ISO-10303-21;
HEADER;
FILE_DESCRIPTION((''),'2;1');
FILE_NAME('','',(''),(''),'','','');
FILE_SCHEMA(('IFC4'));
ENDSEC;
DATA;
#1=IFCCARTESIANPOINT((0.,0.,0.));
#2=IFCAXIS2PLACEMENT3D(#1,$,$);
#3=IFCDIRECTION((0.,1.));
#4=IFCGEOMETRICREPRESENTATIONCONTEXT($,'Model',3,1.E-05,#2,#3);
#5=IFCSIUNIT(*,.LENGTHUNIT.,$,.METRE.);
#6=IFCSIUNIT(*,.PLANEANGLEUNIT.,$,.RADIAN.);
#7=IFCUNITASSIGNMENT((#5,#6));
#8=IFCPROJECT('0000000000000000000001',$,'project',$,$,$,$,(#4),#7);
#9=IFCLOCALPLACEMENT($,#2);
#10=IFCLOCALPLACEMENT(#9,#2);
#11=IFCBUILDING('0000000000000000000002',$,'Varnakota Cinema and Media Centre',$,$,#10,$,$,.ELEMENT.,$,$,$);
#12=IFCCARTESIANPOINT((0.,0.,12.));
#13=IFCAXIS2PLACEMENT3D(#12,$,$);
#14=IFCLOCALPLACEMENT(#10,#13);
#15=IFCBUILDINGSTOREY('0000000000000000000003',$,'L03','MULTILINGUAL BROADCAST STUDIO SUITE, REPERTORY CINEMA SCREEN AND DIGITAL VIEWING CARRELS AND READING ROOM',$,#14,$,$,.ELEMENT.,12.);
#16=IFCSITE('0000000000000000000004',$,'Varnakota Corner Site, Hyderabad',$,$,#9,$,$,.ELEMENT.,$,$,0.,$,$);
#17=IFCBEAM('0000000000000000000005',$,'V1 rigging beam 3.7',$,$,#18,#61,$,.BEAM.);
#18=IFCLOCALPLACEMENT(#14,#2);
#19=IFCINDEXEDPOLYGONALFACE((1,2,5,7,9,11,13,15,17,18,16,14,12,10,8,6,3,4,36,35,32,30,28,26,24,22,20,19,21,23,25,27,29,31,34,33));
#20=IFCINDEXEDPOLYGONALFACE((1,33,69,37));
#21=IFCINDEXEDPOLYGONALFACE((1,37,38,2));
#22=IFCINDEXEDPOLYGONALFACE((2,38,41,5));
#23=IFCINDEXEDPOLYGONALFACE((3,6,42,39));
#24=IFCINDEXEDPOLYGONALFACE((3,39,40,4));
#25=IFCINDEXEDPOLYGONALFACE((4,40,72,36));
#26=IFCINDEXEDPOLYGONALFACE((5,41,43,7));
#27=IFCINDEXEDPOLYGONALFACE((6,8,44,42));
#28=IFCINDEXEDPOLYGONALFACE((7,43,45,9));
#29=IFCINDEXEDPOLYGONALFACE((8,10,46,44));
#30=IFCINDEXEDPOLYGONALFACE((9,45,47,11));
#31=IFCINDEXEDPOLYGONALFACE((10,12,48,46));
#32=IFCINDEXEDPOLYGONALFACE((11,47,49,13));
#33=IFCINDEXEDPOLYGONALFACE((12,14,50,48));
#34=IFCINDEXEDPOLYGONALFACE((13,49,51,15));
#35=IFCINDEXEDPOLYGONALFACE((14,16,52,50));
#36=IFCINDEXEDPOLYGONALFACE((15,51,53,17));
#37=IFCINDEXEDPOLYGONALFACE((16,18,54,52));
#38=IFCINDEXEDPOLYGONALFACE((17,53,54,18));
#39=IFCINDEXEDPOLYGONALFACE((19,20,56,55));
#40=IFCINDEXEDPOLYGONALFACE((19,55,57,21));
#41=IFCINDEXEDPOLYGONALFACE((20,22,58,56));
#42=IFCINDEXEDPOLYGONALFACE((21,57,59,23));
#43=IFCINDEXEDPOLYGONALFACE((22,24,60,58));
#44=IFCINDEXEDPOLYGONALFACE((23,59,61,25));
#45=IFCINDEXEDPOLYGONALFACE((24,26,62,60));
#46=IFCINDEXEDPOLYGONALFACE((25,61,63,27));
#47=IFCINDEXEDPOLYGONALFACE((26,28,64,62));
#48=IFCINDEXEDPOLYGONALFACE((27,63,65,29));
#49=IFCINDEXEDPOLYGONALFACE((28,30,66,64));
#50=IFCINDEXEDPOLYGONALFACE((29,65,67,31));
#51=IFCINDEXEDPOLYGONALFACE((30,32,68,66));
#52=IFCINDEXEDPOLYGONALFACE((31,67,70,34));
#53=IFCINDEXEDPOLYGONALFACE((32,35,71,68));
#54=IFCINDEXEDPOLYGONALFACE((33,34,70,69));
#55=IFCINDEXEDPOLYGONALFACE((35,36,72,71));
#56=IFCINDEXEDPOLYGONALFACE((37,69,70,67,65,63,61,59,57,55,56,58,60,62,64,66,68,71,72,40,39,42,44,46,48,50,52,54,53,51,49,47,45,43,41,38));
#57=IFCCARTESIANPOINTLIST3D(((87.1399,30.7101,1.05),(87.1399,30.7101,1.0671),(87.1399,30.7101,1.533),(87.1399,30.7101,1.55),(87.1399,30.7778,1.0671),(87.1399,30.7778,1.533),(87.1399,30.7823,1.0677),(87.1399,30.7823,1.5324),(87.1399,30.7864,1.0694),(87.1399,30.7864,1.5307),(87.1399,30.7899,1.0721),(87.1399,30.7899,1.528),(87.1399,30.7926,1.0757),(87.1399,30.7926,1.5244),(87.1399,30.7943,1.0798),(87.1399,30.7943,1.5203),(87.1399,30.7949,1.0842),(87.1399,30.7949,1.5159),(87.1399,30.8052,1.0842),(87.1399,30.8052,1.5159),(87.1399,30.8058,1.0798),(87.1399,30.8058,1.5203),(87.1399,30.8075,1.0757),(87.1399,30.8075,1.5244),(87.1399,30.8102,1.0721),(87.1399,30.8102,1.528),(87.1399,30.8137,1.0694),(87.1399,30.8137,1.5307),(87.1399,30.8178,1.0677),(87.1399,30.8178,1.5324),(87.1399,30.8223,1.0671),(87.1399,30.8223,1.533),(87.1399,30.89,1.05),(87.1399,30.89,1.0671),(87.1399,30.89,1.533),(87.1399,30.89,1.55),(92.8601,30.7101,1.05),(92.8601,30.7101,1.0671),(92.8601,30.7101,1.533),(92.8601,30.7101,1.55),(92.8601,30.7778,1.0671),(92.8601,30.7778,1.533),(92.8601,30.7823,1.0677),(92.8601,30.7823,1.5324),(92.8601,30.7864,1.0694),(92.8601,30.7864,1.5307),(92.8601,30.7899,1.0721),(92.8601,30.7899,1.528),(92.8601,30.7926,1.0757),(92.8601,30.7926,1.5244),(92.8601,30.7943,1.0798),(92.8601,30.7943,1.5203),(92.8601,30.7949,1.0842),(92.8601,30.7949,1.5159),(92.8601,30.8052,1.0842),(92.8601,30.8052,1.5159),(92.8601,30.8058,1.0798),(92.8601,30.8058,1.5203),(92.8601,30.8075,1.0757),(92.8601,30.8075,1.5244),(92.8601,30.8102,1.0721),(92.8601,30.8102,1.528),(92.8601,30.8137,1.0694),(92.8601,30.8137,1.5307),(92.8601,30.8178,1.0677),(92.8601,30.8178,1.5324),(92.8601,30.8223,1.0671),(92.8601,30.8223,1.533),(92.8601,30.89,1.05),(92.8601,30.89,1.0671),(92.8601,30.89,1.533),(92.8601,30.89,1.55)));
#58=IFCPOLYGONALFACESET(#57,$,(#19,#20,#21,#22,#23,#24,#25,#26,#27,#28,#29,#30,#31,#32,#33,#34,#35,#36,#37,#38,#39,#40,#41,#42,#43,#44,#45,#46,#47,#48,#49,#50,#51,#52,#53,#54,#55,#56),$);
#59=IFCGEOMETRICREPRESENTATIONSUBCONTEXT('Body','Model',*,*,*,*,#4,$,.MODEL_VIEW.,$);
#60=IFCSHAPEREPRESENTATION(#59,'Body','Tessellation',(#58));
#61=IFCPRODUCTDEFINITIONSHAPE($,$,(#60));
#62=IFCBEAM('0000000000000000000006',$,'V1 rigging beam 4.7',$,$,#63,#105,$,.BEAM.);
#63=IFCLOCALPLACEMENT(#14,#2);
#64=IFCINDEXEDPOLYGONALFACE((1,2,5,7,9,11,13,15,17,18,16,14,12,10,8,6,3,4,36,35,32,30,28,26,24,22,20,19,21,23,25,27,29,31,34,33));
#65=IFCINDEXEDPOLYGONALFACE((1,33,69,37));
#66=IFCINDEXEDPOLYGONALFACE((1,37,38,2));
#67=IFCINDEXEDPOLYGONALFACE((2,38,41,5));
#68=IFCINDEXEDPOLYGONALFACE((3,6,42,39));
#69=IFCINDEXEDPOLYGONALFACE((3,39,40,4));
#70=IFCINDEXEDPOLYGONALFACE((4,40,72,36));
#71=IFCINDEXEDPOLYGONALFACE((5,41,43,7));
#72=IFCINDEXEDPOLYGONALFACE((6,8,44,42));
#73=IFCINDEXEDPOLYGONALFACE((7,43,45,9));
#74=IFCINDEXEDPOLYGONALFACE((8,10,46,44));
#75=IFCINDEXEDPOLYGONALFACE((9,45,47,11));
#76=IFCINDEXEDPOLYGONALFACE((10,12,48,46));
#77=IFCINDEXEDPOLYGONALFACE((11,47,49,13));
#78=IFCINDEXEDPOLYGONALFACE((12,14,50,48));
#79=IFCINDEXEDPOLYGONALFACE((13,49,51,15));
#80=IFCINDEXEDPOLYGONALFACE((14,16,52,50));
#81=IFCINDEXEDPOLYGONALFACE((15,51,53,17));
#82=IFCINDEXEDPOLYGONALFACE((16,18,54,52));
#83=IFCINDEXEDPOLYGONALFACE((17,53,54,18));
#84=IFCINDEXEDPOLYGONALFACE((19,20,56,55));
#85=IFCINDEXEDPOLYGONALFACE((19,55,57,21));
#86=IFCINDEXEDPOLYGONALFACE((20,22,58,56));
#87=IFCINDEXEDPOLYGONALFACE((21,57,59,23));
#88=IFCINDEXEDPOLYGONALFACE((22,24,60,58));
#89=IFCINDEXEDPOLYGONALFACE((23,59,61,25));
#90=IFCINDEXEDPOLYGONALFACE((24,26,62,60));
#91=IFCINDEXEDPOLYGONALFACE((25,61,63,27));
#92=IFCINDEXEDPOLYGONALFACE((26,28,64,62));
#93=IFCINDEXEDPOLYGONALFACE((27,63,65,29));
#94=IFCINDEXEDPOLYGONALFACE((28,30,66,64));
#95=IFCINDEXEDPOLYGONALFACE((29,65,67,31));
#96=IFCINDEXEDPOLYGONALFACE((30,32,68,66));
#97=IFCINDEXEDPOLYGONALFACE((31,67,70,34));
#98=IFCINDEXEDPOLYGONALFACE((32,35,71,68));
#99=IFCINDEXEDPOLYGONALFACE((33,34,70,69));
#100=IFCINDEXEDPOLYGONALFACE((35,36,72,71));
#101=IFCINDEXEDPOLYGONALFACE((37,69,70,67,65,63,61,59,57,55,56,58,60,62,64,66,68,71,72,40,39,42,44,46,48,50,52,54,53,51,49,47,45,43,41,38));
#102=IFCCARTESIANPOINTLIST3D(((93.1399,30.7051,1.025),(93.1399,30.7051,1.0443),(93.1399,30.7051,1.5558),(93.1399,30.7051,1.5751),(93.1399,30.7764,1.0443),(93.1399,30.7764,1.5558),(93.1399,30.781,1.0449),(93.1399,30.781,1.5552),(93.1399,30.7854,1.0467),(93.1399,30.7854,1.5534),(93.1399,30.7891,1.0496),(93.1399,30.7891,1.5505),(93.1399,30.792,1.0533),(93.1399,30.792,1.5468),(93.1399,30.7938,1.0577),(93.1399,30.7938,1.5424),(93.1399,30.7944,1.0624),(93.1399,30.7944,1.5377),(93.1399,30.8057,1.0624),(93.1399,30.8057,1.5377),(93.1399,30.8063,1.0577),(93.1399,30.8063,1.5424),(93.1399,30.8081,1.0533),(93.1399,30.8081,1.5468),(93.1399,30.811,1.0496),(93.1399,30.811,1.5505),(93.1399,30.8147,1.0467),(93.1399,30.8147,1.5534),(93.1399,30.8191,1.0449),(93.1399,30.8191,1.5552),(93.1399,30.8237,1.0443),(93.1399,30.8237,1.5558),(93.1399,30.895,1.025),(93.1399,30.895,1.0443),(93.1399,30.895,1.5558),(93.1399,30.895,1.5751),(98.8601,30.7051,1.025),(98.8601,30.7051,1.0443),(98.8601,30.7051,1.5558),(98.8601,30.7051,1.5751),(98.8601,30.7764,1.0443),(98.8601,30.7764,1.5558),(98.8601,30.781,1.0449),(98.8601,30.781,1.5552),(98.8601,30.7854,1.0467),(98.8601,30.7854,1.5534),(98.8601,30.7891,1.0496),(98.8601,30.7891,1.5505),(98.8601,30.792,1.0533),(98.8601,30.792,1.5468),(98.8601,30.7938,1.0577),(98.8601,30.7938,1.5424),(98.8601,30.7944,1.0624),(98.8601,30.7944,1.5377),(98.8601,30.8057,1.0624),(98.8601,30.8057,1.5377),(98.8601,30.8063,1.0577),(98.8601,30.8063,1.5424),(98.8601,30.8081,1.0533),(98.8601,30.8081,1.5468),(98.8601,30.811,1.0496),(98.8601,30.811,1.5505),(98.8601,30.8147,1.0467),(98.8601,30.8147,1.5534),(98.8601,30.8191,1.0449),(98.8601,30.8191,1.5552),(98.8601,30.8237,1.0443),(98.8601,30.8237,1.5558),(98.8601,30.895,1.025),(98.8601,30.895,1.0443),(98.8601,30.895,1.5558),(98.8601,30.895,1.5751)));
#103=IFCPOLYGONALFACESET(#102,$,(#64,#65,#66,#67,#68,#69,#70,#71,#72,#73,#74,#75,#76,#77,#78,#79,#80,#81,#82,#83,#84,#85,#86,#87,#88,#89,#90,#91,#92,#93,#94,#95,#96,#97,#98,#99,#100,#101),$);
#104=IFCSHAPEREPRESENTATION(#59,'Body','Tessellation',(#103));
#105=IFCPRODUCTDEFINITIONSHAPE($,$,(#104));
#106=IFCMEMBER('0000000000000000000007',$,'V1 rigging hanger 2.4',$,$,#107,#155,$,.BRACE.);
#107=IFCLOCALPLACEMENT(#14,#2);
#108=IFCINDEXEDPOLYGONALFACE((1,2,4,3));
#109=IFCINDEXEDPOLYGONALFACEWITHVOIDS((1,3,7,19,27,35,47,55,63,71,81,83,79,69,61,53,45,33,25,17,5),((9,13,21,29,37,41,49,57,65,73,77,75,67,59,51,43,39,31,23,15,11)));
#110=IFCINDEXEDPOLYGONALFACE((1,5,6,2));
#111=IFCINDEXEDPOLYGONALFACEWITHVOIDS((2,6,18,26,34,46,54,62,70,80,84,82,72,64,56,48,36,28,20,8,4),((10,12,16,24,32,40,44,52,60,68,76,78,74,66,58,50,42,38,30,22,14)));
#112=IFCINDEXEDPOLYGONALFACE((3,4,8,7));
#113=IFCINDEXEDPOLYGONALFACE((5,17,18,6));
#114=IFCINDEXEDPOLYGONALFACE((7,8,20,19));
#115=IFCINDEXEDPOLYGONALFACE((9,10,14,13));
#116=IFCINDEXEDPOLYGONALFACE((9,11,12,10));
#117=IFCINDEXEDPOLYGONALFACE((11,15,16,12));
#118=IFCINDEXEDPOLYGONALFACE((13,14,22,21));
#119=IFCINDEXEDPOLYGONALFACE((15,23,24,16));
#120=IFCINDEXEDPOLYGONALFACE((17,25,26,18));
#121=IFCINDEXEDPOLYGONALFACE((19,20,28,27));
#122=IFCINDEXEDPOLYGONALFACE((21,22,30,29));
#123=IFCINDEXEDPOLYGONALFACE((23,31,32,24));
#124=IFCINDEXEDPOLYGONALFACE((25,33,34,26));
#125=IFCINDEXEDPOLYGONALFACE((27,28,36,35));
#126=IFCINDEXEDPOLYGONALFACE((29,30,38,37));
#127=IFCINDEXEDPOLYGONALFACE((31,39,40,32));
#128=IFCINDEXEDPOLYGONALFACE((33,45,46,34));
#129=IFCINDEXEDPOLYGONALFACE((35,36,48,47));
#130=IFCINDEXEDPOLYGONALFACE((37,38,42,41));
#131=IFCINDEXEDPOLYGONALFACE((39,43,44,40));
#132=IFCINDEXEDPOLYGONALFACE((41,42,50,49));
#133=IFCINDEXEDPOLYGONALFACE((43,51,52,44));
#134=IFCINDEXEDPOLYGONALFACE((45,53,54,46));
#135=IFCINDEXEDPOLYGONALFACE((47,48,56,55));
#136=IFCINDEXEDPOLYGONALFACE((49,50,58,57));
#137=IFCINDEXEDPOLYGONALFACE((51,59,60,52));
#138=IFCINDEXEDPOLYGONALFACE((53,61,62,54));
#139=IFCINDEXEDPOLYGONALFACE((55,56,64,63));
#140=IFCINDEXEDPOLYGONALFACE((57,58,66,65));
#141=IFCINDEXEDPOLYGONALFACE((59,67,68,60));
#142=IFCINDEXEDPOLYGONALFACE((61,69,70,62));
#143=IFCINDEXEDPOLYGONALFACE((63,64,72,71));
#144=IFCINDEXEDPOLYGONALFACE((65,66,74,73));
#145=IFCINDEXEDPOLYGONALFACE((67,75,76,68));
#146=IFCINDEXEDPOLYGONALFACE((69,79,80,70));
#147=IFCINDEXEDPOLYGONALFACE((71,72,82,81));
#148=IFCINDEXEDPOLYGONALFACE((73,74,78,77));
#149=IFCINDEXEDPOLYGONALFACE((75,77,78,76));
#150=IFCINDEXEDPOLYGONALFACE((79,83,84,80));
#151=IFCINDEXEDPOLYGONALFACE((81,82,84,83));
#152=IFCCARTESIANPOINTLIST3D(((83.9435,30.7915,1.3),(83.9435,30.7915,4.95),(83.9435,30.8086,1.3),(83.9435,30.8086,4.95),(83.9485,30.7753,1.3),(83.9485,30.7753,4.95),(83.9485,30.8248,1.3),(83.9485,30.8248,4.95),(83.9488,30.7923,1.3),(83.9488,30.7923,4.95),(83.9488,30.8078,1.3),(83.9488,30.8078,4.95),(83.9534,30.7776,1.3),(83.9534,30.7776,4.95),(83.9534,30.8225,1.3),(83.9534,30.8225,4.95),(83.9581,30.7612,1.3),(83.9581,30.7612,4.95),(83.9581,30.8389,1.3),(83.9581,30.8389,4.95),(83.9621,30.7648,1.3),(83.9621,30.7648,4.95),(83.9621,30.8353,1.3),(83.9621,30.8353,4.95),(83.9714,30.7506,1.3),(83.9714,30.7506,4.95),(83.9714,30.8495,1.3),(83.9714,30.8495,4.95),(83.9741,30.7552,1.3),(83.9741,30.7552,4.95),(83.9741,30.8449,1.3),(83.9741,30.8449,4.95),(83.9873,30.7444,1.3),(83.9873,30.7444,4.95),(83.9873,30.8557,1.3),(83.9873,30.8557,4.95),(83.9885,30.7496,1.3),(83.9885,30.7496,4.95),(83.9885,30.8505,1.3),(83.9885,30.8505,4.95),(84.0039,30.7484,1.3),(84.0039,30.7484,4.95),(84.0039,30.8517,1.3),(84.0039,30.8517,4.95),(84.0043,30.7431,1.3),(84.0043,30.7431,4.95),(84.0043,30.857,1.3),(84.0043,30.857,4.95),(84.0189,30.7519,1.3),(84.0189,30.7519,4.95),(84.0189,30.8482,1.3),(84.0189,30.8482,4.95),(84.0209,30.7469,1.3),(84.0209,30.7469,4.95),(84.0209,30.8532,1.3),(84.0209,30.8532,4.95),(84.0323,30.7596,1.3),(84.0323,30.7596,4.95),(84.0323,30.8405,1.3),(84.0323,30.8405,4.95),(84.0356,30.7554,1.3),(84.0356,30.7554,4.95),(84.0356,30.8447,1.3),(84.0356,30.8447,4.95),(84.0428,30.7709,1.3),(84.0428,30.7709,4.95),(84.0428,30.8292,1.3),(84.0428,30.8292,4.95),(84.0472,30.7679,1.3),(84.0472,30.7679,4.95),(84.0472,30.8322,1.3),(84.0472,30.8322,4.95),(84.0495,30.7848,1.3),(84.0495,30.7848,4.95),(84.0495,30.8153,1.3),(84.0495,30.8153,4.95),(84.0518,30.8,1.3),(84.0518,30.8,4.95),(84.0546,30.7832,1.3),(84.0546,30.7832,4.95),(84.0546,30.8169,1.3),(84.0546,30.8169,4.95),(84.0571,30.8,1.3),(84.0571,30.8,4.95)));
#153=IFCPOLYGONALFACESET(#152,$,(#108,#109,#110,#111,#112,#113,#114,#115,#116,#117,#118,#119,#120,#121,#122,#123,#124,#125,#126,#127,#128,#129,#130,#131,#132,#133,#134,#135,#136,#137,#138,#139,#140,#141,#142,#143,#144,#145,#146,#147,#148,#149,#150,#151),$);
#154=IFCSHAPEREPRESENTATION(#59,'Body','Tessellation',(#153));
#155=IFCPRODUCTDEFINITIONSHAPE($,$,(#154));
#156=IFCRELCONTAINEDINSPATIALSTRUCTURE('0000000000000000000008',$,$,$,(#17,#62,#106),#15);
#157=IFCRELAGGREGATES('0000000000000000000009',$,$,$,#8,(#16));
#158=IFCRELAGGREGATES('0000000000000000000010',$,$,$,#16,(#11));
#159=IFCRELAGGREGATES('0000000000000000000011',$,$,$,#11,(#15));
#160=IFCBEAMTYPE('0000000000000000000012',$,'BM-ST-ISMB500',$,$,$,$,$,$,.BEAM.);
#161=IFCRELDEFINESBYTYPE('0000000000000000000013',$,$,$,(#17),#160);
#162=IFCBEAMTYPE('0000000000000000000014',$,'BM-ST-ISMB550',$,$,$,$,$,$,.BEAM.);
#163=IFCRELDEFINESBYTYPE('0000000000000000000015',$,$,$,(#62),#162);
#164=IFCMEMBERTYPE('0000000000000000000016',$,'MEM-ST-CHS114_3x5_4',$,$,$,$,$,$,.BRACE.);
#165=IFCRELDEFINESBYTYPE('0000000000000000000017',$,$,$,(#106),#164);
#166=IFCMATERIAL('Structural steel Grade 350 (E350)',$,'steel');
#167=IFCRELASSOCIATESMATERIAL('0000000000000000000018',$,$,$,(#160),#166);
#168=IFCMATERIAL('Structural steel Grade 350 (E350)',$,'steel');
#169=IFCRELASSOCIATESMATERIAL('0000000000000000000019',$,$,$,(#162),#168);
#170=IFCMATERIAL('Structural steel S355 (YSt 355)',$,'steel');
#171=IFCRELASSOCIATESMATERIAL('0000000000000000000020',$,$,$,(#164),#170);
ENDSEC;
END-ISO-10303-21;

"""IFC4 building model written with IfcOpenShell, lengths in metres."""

from ifc_helpers import new_model, si_unit, direction, frame, origin, origin_2d, place, context, subcontext, project, spatial, hollow_circle, i_section, extrude, material, material_profile, profile_set, type_object, element, save


model = new_model("IFC4")

# Units and contexts
model_context = context("Model", 3, precision=1e-05, world=origin(), true_north=direction((0.0, 1.0)))
body_context = subcontext(model_context, "Body", "Model", "MODEL_VIEW")
ifc_project = project(units=[si_unit("LENGTHUNIT", "METRE"), si_unit("PLANEANGLEUNIT", "RADIAN")], contexts=[model_context])

# Site, building, storey
site_placement = place(None, origin())
site = spatial("IfcSite", under=ifc_project, at=site_placement, Name="Varnakota Corner Site, Hyderabad", CompositionType="ELEMENT", RefElevation=0.0)
building_placement = place(site_placement, origin())
building = spatial("IfcBuilding", under=site, at=building_placement, Name="Varnakota Cinema and Media Centre", CompositionType="ELEMENT")
storey_placement = place(building_placement, frame((0.0, 0.0, 12.0)))
storey = spatial("IfcBuildingStorey", under=building, at=storey_placement, Name="L03", Description="MULTILINGUAL BROADCAST STUDIO SUITE, REPERTORY CINEMA SCREEN AND DIGITAL VIEWING CARRELS AND READING ROOM", CompositionType="ELEMENT", Elevation=12.0)

# Beams
ifc_material_1 = material(Name="Structural steel Grade 350 (E350)", Category="steel")
ifc_material_profile_1 = material_profile(ifc_material_1, i_section(OverallWidth=0.1799, OverallDepth=0.5, WebThickness=0.0103, FlangeThickness=0.0171, FilletRadius=0.0171, at=origin_2d()), Name="ISMB 500")
ifc_profile_set_1 = profile_set([ifc_material_profile_1], Name="Structural steel Grade 350 (E350)")
beam_type_1 = type_object("IfcBeamType", Name="BM-ST-ISMB500", PredefinedType="BEAM", material=ifc_profile_set_1)
beam_1_placement = place(storey_placement, frame((87.1399, 30.8, 1.3), z_axis=(1.0, 0.0, 0.0), x_axis=(0.0, 1.0, 0.0)))
element("IfcBeam", 1, at=beam_1_placement, inside=storey, type_object=beam_type_1, Name="V1 rigging beam 3.7", PredefinedType="BEAM", context=body_context, shape_type="SweptSolid", body=[
    extrude(i_section(OverallWidth=0.1799, OverallDepth=0.5, WebThickness=0.0103, FlangeThickness=0.0171, FilletRadius=0.0171, at=origin_2d()), origin(), (0.0, 0.0, 1.0), 5.7202),
])
ifc_material_2 = material(Name="Structural steel Grade 350 (E350)", Category="steel")
ifc_material_profile_2 = material_profile(ifc_material_2, i_section(OverallWidth=0.1899, OverallDepth=0.55, WebThickness=0.0112, FlangeThickness=0.0193, FilletRadius=0.0181, at=origin_2d()), Name="ISMB 550")
ifc_profile_set_2 = profile_set([ifc_material_profile_2], Name="Structural steel Grade 350 (E350)")
beam_type_2 = type_object("IfcBeamType", Name="BM-ST-ISMB550", PredefinedType="BEAM", material=ifc_profile_set_2)
beam_2_placement = place(storey_placement, frame((93.1399, 30.8, 1.3), z_axis=(1.0, 0.0, 0.0), x_axis=(0.0, 1.0, 0.0)))
element("IfcBeam", 2, at=beam_2_placement, inside=storey, type_object=beam_type_2, Name="V1 rigging beam 4.7", PredefinedType="BEAM", context=body_context, shape_type="SweptSolid", body=[
    extrude(i_section(OverallWidth=0.1899, OverallDepth=0.55, WebThickness=0.0112, FlangeThickness=0.0193, FilletRadius=0.0181, at=origin_2d()), origin(), (0.0, 0.0, 1.0), 5.7202),
])

# Member
ifc_material_3 = material(Name="Structural steel S355 (YSt 355)", Category="steel")
ifc_material_profile_3 = material_profile(ifc_material_3, hollow_circle(Radius=0.0571, WallThickness=0.0054, at=origin_2d()), Name="CHS 114.3x5.4")
ifc_profile_set_3 = profile_set([ifc_material_profile_3], Name="Structural steel S355 (YSt 355)")
member_type = type_object("IfcMemberType", Name="MEM-ST-CHS114_3x5_4", PredefinedType="BRACE", material=ifc_profile_set_3)
for number, where, z_axis, x_axis, name in (
    (3, (84.0, 30.8, 1.3), (0.0, 0.0, 1.0), (1.0, 0.0, 0.0), "V1 rigging hanger 2.4"),
):
    element("IfcMember", number, at=place(storey_placement, frame(where, z_axis=z_axis, x_axis=x_axis)), inside=storey, type_object=member_type, Name=name, PredefinedType="BRACE", context=body_context, shape_type="SweptSolid", body=[
        extrude(hollow_circle(Radius=0.0571, WallThickness=0.0054, at=origin_2d()), origin(), (0.0, 0.0, 1.0), 3.6499),
    ])

save(model, "model.ifc")
